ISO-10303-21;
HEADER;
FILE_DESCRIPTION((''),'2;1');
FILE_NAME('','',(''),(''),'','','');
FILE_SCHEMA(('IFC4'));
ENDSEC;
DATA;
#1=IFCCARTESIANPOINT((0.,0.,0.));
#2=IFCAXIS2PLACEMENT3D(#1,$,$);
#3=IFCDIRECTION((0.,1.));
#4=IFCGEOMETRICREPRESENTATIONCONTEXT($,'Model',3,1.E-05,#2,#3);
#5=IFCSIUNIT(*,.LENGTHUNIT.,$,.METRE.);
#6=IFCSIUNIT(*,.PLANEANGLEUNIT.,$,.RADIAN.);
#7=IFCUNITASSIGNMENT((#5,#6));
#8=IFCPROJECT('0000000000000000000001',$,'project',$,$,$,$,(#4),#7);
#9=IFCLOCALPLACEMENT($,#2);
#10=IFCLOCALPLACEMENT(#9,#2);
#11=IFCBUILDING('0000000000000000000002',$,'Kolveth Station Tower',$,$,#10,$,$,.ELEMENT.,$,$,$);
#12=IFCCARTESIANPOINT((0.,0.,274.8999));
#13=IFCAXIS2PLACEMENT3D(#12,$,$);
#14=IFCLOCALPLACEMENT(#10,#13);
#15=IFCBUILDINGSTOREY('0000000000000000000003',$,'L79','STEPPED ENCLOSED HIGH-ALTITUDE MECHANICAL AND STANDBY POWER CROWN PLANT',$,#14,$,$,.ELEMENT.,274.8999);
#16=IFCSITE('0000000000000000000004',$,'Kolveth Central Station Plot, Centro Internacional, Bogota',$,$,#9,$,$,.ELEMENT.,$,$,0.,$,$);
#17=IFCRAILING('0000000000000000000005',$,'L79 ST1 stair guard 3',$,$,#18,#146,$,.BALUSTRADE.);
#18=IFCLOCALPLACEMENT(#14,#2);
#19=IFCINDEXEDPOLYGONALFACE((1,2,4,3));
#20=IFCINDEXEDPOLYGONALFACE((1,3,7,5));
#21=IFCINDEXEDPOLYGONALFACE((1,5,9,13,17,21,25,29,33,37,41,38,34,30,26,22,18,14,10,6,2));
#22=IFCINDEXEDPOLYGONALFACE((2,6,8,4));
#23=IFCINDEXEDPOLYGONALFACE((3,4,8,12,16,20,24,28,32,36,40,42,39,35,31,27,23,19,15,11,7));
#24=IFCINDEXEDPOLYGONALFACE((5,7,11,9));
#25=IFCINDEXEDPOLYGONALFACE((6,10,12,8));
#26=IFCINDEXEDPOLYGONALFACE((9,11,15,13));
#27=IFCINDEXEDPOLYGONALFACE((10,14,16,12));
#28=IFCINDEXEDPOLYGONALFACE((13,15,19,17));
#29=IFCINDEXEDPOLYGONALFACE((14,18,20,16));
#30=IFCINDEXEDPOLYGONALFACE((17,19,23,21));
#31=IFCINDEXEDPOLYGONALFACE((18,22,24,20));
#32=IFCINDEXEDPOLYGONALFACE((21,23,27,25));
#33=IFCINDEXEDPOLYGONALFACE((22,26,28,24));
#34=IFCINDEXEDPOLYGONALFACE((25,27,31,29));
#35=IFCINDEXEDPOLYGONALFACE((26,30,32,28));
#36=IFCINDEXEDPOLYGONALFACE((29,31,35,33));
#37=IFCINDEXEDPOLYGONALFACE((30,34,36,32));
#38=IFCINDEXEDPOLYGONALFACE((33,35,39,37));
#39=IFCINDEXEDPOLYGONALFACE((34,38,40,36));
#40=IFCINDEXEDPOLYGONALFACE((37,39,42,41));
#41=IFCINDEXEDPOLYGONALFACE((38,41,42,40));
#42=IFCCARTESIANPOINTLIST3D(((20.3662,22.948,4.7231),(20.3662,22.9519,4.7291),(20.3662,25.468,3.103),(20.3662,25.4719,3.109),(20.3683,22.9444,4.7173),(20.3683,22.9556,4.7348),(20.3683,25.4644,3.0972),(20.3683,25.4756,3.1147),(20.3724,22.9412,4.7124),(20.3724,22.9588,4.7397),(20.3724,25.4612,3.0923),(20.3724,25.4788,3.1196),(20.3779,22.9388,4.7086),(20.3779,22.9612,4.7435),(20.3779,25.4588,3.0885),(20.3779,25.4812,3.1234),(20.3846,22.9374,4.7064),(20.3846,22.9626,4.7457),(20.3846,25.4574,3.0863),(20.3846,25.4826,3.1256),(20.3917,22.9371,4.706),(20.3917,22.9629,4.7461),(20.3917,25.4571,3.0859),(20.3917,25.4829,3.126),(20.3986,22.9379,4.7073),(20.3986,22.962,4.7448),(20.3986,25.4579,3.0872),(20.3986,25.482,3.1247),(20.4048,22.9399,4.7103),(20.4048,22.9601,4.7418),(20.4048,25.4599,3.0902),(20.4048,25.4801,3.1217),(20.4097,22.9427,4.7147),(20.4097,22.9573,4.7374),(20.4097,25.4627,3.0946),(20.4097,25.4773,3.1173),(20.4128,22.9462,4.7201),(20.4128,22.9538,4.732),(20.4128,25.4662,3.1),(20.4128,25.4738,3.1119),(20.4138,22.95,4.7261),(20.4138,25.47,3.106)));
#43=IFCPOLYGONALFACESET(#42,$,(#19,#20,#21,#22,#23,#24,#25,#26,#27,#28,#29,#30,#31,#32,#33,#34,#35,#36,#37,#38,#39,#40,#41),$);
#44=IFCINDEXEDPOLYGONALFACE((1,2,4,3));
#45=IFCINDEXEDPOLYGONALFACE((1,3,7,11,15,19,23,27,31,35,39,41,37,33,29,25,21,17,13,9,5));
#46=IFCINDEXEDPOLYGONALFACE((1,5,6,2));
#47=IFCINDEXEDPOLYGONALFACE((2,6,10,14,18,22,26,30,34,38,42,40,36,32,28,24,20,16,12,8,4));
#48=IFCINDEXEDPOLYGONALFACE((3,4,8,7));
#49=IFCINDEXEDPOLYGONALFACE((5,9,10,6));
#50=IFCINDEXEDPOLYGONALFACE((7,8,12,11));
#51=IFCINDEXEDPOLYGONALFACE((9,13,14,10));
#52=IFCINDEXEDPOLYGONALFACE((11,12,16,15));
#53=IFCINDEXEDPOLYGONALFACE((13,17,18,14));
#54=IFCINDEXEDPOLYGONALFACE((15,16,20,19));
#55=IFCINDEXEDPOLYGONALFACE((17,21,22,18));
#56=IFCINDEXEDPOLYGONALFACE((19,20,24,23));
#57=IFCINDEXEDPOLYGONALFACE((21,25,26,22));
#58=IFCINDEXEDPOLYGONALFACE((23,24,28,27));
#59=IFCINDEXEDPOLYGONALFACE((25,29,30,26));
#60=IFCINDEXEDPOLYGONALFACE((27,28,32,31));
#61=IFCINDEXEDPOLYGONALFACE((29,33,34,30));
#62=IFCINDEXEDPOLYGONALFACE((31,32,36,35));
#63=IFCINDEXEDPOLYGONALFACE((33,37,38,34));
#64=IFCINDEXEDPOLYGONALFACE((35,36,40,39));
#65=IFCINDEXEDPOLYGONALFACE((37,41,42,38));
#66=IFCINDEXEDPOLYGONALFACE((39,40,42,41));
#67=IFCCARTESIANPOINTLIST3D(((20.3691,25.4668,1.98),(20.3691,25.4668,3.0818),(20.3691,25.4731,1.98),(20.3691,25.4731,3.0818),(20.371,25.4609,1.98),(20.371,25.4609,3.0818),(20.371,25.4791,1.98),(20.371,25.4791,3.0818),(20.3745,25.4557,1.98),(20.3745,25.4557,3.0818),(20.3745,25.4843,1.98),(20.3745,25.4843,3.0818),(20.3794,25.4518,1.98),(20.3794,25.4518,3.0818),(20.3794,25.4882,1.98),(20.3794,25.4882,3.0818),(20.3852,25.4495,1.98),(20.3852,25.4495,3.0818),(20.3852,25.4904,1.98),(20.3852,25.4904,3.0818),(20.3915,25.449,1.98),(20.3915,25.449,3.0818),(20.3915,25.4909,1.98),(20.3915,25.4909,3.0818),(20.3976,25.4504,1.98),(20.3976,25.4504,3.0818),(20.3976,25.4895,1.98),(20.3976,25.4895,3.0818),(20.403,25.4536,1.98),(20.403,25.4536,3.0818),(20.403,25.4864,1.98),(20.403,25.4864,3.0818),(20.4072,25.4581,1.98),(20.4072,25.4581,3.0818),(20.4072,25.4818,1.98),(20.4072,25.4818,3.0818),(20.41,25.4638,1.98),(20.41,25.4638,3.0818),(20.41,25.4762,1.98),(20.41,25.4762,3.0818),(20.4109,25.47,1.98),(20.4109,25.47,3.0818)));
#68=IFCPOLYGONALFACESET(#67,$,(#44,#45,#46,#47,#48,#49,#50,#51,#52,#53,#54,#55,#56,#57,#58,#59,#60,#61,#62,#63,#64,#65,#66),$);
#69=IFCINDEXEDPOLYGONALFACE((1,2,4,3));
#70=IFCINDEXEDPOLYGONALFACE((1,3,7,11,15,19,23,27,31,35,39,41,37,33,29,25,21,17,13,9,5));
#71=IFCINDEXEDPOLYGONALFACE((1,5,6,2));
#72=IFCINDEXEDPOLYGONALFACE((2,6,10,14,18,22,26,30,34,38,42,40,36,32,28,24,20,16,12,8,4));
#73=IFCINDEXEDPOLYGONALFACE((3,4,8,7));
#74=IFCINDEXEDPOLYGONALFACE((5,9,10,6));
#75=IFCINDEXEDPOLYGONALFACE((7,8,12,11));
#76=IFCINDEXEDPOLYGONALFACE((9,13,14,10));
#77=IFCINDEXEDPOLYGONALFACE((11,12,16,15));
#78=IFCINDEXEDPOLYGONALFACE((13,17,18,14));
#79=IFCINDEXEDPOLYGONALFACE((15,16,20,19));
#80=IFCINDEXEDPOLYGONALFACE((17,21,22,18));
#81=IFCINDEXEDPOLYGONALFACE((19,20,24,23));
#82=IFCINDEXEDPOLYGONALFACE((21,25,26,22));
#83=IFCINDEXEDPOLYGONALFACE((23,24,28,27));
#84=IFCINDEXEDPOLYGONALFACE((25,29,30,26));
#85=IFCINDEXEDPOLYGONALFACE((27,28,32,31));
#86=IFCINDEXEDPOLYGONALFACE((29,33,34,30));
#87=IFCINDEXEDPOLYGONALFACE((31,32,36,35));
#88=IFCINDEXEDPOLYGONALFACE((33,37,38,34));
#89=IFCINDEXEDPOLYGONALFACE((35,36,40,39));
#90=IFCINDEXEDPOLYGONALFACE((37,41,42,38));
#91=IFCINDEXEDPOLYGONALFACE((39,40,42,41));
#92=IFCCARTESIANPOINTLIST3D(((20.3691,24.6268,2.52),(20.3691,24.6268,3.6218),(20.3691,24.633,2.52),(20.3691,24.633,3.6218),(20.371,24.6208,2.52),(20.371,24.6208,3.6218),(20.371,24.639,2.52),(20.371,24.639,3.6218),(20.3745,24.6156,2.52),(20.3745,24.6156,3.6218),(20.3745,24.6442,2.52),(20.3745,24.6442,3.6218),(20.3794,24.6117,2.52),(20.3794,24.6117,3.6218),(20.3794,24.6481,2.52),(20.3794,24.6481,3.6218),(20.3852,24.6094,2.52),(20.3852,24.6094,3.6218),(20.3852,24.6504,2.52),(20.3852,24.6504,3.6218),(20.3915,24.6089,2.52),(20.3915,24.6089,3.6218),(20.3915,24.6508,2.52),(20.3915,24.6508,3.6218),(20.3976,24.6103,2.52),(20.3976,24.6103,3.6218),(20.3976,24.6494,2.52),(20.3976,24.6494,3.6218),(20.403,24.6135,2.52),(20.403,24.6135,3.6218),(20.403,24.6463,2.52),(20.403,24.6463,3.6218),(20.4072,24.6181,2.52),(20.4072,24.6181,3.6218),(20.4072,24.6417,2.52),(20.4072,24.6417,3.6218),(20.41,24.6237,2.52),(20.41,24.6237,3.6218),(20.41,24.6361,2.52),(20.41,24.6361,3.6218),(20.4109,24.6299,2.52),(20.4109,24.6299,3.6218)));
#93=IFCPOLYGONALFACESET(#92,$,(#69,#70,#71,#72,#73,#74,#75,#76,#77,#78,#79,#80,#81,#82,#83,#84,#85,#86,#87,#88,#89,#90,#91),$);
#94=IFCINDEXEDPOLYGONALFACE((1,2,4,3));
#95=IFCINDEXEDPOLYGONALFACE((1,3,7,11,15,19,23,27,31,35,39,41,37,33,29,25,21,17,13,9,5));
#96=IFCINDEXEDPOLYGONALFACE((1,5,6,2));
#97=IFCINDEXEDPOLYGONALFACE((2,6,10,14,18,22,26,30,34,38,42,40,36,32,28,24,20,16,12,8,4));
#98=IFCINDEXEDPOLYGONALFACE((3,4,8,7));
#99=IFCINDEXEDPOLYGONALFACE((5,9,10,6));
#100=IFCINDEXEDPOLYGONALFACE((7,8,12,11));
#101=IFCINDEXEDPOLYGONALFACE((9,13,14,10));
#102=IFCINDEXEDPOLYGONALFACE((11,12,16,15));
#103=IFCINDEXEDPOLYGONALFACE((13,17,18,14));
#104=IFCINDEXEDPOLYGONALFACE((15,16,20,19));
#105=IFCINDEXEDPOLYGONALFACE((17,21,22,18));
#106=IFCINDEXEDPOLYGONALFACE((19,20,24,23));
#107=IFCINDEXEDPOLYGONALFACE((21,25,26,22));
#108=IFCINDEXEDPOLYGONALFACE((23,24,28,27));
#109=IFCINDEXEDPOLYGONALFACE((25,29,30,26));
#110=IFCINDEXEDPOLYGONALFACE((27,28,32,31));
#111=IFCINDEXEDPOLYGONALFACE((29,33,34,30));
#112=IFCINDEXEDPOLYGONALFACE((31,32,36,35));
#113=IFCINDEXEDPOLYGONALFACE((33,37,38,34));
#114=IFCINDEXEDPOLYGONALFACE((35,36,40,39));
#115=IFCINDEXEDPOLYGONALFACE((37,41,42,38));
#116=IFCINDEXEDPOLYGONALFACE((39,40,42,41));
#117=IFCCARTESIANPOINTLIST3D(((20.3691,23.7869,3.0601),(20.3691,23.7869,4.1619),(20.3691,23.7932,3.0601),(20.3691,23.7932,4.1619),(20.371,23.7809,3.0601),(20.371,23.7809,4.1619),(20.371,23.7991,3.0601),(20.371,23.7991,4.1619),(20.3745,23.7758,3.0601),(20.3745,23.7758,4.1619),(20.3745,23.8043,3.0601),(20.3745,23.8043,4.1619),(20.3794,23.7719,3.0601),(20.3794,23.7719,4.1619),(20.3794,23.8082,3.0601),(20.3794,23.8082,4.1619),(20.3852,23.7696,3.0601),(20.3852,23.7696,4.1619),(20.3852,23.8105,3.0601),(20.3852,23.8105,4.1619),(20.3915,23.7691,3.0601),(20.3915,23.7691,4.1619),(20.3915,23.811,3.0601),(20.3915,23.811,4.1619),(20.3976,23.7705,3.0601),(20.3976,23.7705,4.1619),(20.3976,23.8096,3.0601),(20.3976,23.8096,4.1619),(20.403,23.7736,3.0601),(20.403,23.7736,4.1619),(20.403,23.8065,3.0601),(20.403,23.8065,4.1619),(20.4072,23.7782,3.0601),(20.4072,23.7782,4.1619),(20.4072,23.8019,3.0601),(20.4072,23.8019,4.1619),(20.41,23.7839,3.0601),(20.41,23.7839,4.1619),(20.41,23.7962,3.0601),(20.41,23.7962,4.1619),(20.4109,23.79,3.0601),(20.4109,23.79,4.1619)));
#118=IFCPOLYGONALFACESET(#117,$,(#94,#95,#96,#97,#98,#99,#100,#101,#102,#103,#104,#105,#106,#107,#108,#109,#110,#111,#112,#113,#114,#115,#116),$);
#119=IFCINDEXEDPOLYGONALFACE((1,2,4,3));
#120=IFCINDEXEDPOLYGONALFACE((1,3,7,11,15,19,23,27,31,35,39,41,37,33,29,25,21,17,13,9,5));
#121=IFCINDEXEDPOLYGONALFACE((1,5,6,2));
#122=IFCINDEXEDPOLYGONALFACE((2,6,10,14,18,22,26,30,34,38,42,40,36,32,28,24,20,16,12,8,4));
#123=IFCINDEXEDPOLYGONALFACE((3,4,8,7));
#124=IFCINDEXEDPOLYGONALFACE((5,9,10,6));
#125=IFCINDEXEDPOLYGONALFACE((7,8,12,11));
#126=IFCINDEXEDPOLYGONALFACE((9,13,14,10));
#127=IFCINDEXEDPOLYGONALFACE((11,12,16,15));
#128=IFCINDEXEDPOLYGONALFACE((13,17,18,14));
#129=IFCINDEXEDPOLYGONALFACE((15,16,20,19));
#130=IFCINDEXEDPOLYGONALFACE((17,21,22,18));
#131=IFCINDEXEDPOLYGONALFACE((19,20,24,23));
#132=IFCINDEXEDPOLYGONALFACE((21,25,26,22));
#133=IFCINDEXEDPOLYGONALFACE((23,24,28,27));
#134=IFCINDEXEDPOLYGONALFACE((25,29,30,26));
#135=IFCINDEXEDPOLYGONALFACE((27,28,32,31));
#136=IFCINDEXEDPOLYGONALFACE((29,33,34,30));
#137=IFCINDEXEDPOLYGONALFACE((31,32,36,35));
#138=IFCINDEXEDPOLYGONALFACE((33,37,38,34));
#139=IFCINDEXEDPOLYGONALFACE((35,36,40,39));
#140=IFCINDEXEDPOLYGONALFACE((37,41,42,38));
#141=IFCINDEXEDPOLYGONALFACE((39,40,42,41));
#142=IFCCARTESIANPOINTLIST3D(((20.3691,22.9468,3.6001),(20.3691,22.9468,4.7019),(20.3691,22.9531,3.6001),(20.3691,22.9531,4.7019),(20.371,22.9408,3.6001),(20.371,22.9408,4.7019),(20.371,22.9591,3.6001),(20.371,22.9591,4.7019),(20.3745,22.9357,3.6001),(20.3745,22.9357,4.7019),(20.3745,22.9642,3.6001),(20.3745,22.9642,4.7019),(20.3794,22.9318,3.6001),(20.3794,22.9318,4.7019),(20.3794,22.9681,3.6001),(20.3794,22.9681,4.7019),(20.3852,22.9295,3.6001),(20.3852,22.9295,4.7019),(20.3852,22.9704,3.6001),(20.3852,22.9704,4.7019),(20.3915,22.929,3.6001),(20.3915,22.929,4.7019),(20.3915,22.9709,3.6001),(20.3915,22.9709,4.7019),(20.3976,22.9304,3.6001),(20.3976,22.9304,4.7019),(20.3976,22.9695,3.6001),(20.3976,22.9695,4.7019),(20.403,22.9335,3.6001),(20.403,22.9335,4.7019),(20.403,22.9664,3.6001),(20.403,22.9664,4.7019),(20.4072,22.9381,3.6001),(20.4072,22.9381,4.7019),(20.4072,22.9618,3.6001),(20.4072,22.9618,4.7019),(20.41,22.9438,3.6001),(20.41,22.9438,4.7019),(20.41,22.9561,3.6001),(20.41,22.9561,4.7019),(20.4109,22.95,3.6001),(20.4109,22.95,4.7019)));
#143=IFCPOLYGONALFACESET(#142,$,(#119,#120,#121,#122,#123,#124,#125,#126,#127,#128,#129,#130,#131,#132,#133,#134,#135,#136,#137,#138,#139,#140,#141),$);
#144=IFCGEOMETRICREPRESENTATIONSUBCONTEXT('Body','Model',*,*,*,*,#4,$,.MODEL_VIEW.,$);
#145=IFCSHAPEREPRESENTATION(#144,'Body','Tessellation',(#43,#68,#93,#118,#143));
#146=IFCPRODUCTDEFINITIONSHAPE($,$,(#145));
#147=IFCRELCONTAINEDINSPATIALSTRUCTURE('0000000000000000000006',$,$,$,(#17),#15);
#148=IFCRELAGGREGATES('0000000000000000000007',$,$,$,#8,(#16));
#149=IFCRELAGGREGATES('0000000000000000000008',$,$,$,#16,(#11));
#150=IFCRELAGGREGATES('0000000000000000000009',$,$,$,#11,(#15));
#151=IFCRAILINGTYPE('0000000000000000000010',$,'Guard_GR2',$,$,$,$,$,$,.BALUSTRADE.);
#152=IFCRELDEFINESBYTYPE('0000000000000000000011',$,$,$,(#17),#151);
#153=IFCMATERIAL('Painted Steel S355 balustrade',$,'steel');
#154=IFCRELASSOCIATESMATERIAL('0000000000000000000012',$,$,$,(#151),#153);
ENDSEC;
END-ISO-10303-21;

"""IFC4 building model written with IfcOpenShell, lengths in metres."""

from ifc_helpers import new_model, si_unit, direction, frame, origin, origin_2d, place, context, subcontext, project, spatial, circle, extrude, material, type_object, element, save


model = new_model("IFC4")

# Units and contexts
model_context = context("Model", 3, precision=1e-05, world=origin(), true_north=direction((0.0, 1.0)))
body_context = subcontext(model_context, "Body", "Model", "MODEL_VIEW")
ifc_project = project(units=[si_unit("LENGTHUNIT", "METRE"), si_unit("PLANEANGLEUNIT", "RADIAN")], contexts=[model_context])

# Site, building, storey
site_placement = place(None, origin())
site = spatial("IfcSite", under=ifc_project, at=site_placement, Name="Kolveth Central Station Plot, Centro Internacional, Bogota", CompositionType="ELEMENT", RefElevation=0.0)
building_placement = place(site_placement, origin())
building = spatial("IfcBuilding", under=site, at=building_placement, Name="Kolveth Station Tower", CompositionType="ELEMENT")
storey_placement = place(building_placement, frame((0.0, 0.0, 274.8999)))
storey = spatial("IfcBuildingStorey", under=building, at=storey_placement, Name="L79", Description="STEPPED ENCLOSED HIGH-ALTITUDE MECHANICAL AND STANDBY POWER CROWN PLANT", CompositionType="ELEMENT", Elevation=274.8999)

# Railing
ifc_material_1 = material(Name="Painted Steel S355 balustrade", Category="steel")
railing_type_1 = type_object("IfcRailingType", Name="Guard_GR2", PredefinedType="BALUSTRADE", material=ifc_material_1)
railing_1_placement = place(storey_placement, frame((20.3899, 25.47, 1.98)))
element("IfcRailing", 1, at=railing_1_placement, inside=storey, type_object=railing_type_1, Name="L79 ST1 stair guard 3", PredefinedType="BALUSTRADE", context=body_context, shape_type="SweptSolid", body=[
    extrude(circle(Radius=0.0239, at=origin_2d()), frame((0.0, 0.0, 1.126), z_axis=(0.0, -0.841163, 0.540782), x_axis=(1.0, 0.0, 0.0)), (0.0, 0.0, 1.0), 2.9958),
    extrude(circle(Radius=0.021, at=origin_2d()), origin(), (0.0, 0.0, 1.0), 1.1018),
    extrude(circle(Radius=0.021, at=origin_2d()), frame((0.0, -0.8401, 0.54)), (0.0, 0.0, 1.0), 1.1018),
    extrude(circle(Radius=0.021, at=origin_2d()), frame((0.0, -1.6799, 1.0801)), (0.0, 0.0, 1.0), 1.1018),
    extrude(circle(Radius=0.021, at=origin_2d()), frame((0.0, -2.52, 1.6201)), (0.0, 0.0, 1.0), 1.1018),
])

save(model, "model.ifc")
